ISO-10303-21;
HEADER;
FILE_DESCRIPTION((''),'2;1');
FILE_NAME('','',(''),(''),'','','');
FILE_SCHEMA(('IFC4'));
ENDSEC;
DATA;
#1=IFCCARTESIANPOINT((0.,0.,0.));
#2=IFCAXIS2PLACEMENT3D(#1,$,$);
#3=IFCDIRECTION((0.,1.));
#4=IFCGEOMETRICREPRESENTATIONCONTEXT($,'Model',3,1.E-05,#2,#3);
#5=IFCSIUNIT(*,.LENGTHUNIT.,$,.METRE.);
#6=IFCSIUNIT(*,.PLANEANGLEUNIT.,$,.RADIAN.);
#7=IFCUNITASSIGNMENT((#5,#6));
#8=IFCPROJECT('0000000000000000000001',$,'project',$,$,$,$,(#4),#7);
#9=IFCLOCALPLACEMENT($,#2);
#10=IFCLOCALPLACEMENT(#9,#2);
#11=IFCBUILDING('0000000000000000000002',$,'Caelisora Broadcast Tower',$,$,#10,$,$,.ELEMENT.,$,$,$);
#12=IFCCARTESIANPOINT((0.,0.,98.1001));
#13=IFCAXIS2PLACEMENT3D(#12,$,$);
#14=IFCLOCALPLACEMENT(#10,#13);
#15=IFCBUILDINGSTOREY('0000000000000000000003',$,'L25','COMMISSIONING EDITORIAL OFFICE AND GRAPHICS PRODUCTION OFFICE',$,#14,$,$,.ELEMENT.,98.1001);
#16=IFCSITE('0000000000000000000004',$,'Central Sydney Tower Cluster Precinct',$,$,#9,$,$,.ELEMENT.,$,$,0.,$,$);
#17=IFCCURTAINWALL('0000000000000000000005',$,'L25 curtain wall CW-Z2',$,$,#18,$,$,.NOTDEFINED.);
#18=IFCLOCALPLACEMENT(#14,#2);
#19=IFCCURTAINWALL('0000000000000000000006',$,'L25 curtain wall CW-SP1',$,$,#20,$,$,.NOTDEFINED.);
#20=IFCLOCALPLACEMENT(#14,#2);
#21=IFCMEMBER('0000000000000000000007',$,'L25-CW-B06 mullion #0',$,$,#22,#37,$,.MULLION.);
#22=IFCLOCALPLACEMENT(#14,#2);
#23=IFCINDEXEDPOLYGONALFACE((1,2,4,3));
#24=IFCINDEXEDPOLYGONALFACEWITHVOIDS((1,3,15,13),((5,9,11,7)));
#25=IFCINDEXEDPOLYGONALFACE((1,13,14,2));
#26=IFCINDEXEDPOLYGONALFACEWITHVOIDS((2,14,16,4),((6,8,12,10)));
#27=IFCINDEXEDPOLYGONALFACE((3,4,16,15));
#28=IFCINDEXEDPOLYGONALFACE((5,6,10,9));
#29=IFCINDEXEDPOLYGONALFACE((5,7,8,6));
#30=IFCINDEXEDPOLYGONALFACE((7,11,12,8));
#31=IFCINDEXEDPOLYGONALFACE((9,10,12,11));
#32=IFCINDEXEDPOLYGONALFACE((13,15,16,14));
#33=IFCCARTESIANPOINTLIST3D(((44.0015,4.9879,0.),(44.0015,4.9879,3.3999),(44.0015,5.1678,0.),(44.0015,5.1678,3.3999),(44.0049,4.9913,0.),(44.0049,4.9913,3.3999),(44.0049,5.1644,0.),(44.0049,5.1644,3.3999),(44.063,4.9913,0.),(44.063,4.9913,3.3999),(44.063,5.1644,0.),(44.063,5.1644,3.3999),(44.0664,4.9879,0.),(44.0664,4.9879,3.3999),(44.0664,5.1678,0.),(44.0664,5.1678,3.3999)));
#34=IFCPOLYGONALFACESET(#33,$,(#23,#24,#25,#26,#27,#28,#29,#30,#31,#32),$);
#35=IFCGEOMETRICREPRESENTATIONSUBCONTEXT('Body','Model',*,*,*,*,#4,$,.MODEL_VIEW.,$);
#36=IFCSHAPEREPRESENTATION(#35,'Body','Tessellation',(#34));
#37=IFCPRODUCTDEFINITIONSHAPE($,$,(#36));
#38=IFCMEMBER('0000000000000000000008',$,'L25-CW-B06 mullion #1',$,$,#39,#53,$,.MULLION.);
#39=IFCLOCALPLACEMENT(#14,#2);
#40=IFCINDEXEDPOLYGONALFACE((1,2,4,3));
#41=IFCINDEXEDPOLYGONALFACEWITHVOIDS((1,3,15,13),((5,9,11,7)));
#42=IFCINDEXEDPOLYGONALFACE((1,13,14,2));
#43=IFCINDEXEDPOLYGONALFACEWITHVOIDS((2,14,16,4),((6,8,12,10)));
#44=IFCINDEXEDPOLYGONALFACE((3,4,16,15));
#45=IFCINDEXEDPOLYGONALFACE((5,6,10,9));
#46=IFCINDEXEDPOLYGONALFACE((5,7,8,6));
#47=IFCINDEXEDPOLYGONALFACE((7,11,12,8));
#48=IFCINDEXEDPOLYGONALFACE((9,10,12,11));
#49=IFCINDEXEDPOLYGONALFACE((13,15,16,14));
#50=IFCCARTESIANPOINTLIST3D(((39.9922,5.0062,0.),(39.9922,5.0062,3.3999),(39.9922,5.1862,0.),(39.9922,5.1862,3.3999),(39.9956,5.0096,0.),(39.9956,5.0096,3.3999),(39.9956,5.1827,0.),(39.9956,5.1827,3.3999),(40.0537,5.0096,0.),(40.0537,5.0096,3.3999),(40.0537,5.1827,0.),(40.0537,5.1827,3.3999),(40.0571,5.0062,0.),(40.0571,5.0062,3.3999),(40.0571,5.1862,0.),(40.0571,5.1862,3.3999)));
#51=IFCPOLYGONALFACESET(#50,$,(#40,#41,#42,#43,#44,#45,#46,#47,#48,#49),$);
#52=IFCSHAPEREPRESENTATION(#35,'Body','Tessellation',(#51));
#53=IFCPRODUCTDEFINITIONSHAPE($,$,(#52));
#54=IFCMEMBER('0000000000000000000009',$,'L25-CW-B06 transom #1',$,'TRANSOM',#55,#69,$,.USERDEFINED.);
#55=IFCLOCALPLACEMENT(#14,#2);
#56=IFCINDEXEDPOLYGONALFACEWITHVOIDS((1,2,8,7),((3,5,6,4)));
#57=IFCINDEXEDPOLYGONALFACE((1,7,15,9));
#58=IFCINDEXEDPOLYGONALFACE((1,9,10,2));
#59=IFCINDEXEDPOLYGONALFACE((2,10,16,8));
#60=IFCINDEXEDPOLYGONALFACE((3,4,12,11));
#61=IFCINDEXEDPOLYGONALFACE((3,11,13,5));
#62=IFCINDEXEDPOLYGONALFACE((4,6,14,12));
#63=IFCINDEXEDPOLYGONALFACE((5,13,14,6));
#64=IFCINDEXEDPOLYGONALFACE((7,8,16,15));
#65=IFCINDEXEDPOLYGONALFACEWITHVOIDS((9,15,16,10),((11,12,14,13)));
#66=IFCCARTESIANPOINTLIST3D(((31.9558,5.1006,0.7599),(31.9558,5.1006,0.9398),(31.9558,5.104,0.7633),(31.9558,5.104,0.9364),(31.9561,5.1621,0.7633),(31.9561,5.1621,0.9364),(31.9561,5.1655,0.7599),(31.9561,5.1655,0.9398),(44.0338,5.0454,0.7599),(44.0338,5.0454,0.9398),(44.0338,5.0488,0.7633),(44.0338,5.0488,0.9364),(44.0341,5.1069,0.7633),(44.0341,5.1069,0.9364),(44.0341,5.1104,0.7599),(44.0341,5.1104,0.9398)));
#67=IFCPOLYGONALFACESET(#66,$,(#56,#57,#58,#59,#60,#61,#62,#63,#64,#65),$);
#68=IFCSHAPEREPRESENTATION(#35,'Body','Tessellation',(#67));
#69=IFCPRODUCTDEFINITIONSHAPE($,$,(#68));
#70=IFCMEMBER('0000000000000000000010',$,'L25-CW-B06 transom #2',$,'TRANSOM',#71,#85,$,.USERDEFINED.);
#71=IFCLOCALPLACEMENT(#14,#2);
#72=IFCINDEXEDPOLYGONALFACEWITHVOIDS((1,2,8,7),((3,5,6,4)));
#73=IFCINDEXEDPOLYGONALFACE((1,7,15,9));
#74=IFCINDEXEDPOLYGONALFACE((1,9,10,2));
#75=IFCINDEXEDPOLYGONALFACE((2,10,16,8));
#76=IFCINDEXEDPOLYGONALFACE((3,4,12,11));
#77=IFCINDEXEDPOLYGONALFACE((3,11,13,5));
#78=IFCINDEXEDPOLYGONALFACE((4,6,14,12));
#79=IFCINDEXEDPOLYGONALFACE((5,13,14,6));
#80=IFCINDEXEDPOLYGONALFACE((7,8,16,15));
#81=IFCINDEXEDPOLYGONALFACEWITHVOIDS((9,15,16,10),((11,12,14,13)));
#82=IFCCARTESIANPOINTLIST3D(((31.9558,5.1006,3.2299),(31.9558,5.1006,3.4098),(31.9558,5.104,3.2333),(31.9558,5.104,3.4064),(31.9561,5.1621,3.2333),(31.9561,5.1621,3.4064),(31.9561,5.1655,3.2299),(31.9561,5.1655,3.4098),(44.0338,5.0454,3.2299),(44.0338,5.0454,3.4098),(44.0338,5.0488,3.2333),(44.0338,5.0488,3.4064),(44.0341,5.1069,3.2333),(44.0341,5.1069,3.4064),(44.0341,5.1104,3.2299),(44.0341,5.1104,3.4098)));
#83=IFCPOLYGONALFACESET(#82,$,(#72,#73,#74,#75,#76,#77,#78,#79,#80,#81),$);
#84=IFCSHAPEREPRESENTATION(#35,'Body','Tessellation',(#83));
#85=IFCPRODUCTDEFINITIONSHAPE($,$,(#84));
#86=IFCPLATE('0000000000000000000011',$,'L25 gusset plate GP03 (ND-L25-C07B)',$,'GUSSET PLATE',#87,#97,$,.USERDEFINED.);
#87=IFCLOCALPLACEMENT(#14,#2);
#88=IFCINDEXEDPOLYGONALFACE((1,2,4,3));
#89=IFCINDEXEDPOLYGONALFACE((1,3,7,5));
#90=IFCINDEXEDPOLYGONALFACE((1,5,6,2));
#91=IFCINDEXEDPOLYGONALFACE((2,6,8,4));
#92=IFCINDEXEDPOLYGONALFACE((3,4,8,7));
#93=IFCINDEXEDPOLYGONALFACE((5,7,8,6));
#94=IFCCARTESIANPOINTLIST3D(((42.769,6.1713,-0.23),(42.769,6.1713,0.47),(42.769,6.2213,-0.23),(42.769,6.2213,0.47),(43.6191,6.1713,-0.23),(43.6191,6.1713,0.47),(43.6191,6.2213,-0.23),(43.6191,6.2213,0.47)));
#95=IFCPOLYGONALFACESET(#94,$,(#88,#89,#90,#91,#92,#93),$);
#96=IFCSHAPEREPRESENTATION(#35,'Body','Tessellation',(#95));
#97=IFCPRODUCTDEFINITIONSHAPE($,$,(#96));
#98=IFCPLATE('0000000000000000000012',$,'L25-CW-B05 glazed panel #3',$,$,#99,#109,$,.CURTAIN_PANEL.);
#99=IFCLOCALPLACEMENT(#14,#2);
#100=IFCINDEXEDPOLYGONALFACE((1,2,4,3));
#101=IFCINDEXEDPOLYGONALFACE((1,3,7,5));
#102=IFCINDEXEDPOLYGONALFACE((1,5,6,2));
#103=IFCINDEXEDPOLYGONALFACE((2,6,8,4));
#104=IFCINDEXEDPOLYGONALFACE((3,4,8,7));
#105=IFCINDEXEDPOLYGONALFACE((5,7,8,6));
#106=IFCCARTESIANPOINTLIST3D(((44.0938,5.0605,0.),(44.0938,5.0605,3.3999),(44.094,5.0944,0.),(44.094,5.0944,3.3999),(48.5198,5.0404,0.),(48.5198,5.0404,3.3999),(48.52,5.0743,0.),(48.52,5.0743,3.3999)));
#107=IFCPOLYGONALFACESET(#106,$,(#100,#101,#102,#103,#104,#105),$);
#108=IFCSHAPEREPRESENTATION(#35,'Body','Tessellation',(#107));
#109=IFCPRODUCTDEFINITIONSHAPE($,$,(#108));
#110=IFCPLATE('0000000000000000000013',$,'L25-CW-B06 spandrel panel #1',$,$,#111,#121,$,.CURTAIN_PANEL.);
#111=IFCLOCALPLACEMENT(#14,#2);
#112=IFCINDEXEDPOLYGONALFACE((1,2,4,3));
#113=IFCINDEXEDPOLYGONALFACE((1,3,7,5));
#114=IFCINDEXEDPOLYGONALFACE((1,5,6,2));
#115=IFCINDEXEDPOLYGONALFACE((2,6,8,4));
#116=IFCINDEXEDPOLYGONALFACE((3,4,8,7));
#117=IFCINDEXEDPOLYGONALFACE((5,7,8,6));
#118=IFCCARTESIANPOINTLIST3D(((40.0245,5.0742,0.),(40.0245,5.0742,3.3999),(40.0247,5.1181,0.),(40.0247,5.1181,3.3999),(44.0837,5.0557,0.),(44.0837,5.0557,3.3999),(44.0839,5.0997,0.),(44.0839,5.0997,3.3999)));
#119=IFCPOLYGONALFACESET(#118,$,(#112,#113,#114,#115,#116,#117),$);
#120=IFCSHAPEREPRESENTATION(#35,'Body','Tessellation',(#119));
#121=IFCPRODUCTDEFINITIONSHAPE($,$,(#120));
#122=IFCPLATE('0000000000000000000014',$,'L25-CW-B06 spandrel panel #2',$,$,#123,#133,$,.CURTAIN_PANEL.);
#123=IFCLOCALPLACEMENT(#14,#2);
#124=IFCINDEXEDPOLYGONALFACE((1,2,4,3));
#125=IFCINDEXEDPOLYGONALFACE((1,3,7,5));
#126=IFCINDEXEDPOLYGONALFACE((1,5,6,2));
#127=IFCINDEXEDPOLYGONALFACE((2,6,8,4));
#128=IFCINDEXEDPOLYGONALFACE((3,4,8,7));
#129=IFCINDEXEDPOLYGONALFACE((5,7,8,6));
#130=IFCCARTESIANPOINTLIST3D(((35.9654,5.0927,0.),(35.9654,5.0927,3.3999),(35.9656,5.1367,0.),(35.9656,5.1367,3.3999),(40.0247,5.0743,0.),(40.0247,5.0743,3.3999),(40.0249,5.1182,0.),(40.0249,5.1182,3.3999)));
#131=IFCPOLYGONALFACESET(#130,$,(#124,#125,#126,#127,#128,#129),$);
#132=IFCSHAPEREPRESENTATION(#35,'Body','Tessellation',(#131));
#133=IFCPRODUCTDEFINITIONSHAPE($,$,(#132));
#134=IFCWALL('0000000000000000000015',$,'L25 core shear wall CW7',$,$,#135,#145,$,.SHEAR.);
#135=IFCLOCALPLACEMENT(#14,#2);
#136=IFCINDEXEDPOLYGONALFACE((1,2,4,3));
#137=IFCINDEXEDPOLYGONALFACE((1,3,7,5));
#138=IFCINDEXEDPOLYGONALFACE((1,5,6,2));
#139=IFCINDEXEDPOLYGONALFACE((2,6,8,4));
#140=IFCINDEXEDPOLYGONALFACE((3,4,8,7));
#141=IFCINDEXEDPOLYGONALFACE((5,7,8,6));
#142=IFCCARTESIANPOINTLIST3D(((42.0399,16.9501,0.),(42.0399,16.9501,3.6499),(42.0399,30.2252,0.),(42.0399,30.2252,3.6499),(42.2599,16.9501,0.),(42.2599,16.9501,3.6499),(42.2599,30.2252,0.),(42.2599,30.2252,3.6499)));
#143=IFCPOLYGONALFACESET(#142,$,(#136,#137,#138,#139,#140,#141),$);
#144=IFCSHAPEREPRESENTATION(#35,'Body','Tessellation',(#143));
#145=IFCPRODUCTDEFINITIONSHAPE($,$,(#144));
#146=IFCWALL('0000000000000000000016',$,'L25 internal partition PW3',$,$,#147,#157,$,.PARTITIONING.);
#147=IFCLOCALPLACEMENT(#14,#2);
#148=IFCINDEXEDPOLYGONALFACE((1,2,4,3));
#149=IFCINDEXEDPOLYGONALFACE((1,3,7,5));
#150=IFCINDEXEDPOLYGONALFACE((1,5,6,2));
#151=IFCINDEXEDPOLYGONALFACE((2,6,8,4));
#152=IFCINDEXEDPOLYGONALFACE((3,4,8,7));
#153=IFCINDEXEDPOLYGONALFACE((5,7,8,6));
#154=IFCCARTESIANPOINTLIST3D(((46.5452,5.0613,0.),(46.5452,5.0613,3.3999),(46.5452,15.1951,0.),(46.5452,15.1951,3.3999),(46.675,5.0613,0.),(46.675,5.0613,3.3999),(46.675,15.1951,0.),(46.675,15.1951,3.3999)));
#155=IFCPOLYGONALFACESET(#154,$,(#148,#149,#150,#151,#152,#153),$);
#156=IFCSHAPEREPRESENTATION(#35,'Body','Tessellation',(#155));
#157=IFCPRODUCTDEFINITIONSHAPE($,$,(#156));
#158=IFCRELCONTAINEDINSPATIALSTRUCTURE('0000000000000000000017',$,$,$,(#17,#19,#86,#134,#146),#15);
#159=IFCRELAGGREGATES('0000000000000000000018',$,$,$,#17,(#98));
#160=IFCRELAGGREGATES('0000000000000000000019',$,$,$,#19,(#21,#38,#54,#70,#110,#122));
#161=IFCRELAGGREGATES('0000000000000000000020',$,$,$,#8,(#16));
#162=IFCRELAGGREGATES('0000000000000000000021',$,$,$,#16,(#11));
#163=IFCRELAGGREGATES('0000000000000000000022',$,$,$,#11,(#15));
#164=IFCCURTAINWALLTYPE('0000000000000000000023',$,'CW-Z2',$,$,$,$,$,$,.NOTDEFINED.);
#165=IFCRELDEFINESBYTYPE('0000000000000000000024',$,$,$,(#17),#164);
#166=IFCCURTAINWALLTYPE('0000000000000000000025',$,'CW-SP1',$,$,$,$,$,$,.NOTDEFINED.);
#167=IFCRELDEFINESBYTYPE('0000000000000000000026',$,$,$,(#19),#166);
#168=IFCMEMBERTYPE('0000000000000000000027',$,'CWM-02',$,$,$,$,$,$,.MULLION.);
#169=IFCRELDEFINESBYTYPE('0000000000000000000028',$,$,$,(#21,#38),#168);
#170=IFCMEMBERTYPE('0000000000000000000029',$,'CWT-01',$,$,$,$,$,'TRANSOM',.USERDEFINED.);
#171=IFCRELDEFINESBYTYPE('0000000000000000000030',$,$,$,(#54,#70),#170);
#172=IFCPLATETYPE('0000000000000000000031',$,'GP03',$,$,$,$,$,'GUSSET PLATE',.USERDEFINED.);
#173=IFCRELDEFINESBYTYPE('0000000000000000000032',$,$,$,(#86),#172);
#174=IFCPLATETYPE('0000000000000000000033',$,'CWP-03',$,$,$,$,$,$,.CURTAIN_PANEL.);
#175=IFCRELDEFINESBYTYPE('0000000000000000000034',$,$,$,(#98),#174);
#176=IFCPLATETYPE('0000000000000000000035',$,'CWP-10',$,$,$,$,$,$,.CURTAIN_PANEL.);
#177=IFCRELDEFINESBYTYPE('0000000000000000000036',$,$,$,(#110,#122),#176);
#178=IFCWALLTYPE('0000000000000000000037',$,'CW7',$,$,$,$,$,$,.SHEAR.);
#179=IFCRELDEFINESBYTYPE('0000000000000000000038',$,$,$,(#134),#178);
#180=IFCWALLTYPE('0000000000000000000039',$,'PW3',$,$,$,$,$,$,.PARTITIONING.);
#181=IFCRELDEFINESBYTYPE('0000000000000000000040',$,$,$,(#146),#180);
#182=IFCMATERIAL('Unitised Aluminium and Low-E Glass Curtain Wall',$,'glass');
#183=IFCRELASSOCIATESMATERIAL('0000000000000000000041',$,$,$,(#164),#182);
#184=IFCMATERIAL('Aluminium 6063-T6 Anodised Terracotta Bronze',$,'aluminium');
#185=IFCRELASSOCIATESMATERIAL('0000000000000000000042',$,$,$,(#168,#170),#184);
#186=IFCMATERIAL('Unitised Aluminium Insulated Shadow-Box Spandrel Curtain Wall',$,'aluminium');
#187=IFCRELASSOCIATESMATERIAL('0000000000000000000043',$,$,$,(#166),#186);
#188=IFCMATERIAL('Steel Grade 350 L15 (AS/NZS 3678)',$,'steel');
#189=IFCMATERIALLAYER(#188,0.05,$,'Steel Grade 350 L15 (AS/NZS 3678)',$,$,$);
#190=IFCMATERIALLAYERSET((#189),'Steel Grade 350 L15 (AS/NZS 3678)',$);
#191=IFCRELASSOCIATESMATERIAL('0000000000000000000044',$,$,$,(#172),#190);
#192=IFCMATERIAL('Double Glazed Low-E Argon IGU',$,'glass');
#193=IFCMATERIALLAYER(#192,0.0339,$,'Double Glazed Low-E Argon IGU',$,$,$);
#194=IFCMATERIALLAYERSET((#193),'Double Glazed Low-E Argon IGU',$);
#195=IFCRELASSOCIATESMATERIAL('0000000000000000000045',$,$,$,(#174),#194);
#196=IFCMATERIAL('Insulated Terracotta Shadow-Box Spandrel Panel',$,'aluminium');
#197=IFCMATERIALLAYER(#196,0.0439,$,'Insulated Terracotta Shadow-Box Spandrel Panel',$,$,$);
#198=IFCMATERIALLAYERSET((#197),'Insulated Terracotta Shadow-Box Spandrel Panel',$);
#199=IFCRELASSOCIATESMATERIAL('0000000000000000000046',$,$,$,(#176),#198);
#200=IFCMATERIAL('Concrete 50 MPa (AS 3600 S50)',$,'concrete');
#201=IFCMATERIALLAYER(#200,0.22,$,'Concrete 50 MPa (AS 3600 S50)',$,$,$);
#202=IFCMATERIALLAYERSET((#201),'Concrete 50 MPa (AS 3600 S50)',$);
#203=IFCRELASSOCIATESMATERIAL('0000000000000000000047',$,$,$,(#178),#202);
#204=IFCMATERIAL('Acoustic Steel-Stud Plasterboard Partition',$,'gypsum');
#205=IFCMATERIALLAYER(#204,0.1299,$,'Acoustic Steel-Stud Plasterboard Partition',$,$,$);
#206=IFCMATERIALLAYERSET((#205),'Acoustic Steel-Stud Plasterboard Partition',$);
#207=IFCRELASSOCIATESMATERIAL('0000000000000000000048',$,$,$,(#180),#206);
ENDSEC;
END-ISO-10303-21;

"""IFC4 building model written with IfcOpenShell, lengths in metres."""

from ifc_helpers import new_model, si_unit, direction, frame, frame_2d, origin, origin_2d, place, context, subcontext, project, spatial, rectangle, hollow_rectangle, extrude, source, transform, mapped, material, layer, layer_set, material_profile, profile_set, type_object, type_shapes, element, aggregate, save


model = new_model("IFC4")

# Units and contexts
model_context = context("Model", 3, precision=1e-05, world=origin(), true_north=direction((0.0, 1.0)))
body_context = subcontext(model_context, "Body", "Model", "MODEL_VIEW")
ifc_project = project(units=[si_unit("LENGTHUNIT", "METRE"), si_unit("PLANEANGLEUNIT", "RADIAN")], contexts=[model_context])

# Site, building, storey
site_placement = place(None, origin())
site = spatial("IfcSite", under=ifc_project, at=site_placement, Name="Central Sydney Tower Cluster Precinct", CompositionType="ELEMENT", RefElevation=0.0)
building_placement = place(site_placement, origin())
building = spatial("IfcBuilding", under=site, at=building_placement, Name="Caelisora Broadcast Tower", CompositionType="ELEMENT")
storey_placement = place(building_placement, frame((0.0, 0.0, 98.1001)))
storey = spatial("IfcBuildingStorey", under=building, at=storey_placement, Name="L25", Description="COMMISSIONING EDITORIAL OFFICE AND GRAPHICS PRODUCTION OFFICE", CompositionType="ELEMENT", Elevation=98.1001)

# Shared definitions
ifc_material_1 = material(Name="Steel Grade 350 L15 (AS/NZS 3678)", Category="steel")

# Curtain wall
ifc_material_2 = material(Name="Unitised Aluminium and Low-E Glass Curtain Wall", Category="glass")
curtain_wall_type_1 = type_object("IfcCurtainWallType", Name="CW-Z2", PredefinedType="NOTDEFINED", material=ifc_material_2)
curtain_wall_1_placement = place(storey_placement, origin())
curtain_wall_1 = element("IfcCurtainWall", 1, at=curtain_wall_1_placement, inside=storey, type_object=curtain_wall_type_1, Name="L25 curtain wall CW-Z2", PredefinedType="NOTDEFINED")
ifc_material_3 = material(Name="Aluminium 6063-T6 Anodised Terracotta Bronze", Category="aluminium")
ifc_material_profile_1 = material_profile(ifc_material_3, hollow_rectangle(XDim=0.0649, YDim=0.1799, WallThickness=0.0034, at=origin_2d()), Name="Aluminium 6063-T6 Anodised Terracotta Bronze")
ifc_profile_set_1 = profile_set([ifc_material_profile_1], Name="Aluminium 6063-T6 Anodised Terracotta Bronze")
member_type_1 = type_object("IfcMemberType", Name="CWM-02", PredefinedType="MULLION", material=ifc_profile_set_1)
shared_shape_1 = source(origin(), body_context, "Body", "SweptSolid", [
    extrude(hollow_rectangle(XDim=0.0649, YDim=0.1799, WallThickness=0.0034, at=origin_2d()), origin(), (0.0, 0.0, 1.0), 3.3999),
])
type_shapes(member_type_1, [shared_shape_1])

# Curtain wall, members
ifc_material_4 = material(Name="Unitised Aluminium Insulated Shadow-Box Spandrel Curtain Wall", Category="aluminium")
curtain_wall_type_2 = type_object("IfcCurtainWallType", Name="CW-SP1", PredefinedType="NOTDEFINED", material=ifc_material_4)
curtain_wall_2_placement = place(storey_placement, origin())
curtain_wall_2 = element("IfcCurtainWall", 2, at=curtain_wall_2_placement, inside=storey, type_object=curtain_wall_type_2, Name="L25 curtain wall CW-SP1", PredefinedType="NOTDEFINED")
member_1_placement = place(storey_placement, frame((44.0339, 5.0779, 0.0), z_axis=(0.0, 0.0, 1.0), x_axis=(1.0, 0.0, 0.0)))
member_1 = element("IfcMember", 3, at=member_1_placement, type_object=member_type_1, Name="L25-CW-B06 mullion #0", PredefinedType="MULLION", context=body_context, shape_type="MappedRepresentation", body=[
    mapped(shared_shape_1, transform((0.0, 0.0, 0.0), scale=1.0)),
])
member_2_placement = place(storey_placement, frame((40.0247, 5.0962, 0.0), z_axis=(0.0, 0.0, 1.0), x_axis=(1.0, 0.0, 0.0)))
member_2 = element("IfcMember", 4, at=member_2_placement, type_object=member_type_1, Name="L25-CW-B06 mullion #1", PredefinedType="MULLION", context=body_context, shape_type="MappedRepresentation", body=[
    mapped(shared_shape_1, transform((0.0, 0.0, 0.0), scale=1.0)),
])
ifc_material_profile_2 = material_profile(ifc_material_3, hollow_rectangle(XDim=0.0649, YDim=0.1799, WallThickness=0.0034, at=origin_2d()), Name="Aluminium 6063-T6 Anodised Terracotta Bronze")
ifc_profile_set_2 = profile_set([ifc_material_profile_2], Name="Aluminium 6063-T6 Anodised Terracotta Bronze")
member_type_2 = type_object("IfcMemberType", Name="CWT-01", ElementType="TRANSOM", PredefinedType="USERDEFINED", material=ifc_profile_set_2)
shared_shape_2 = source(origin(), body_context, "Body", "SweptSolid", [
    extrude(hollow_rectangle(XDim=0.0649, YDim=0.1799, WallThickness=0.0034, at=origin_2d()), origin(), (0.0, 0.0, 1.0), 12.0781),
])
type_shapes(member_type_2, [shared_shape_2])
member_3_placement = place(storey_placement, frame((44.0339, 5.0779, 0.8499), z_axis=(-0.99999, 0.004568, 0.0), x_axis=(-0.004568, -0.99999, 0.0)))
member_3 = element("IfcMember", 5, at=member_3_placement, type_object=member_type_2, Name="L25-CW-B06 transom #1", ObjectType="TRANSOM", PredefinedType="USERDEFINED", context=body_context, shape_type="MappedRepresentation", body=[
    mapped(shared_shape_2, transform((0.0, 0.0, 0.0), scale=1.0)),
])
member_4_placement = place(storey_placement, frame((44.0339, 5.0779, 3.3198), z_axis=(-0.99999, 0.004568, 0.0), x_axis=(-0.004568, -0.99999, 0.0)))
member_4 = element("IfcMember", 6, at=member_4_placement, type_object=member_type_2, Name="L25-CW-B06 transom #2", ObjectType="TRANSOM", PredefinedType="USERDEFINED", context=body_context, shape_type="MappedRepresentation", body=[
    mapped(shared_shape_2, transform((0.0, 0.0, 0.0), scale=1.0)),
])

# Plates
ifc_layer_1 = layer(ifc_material_1, 0.05, Name="Steel Grade 350 L15 (AS/NZS 3678)")
ifc_layer_set_1 = layer_set([ifc_layer_1], Name="Steel Grade 350 L15 (AS/NZS 3678)")
plate_type_1 = type_object("IfcPlateType", Name="GP03", ElementType="GUSSET PLATE", PredefinedType="USERDEFINED", material=ifc_layer_set_1)
shared_shape_3 = source(origin(), body_context, "Body", "SweptSolid", [
    extrude(rectangle(XDim=0.8501, YDim=0.05, at=origin_2d()), origin(), (0.0, 0.0, 1.0), 0.7),
])
type_shapes(plate_type_1, [shared_shape_3])
plate_1_placement = place(storey_placement, frame((43.1941, 6.1963, -0.23), z_axis=(0.0, 0.0, 1.0), x_axis=(1.0, 0.0, 0.0)))
element("IfcPlate", 7, at=plate_1_placement, inside=storey, type_object=plate_type_1, Name="L25 gusset plate GP03 (ND-L25-C07B)", ObjectType="GUSSET PLATE", PredefinedType="USERDEFINED", context=body_context, shape_type="MappedRepresentation", body=[
    mapped(shared_shape_3, transform((0.0, 0.0, 0.0), scale=1.0)),
])
ifc_material_5 = material(Name="Double Glazed Low-E Argon IGU", Category="glass")
ifc_layer_2 = layer(ifc_material_5, 0.0339, Name="Double Glazed Low-E Argon IGU")
ifc_layer_set_2 = layer_set([ifc_layer_2], Name="Double Glazed Low-E Argon IGU")
plate_type_2 = type_object("IfcPlateType", Name="CWP-03", PredefinedType="CURTAIN_PANEL", material=ifc_layer_set_2)
shared_shape_4 = source(origin(), body_context, "Body", "SweptSolid", [
    extrude(rectangle(XDim=4.426, YDim=0.0339, at=origin_2d()), origin(), (0.0, 0.0, 1.0), 3.3999),
])
type_shapes(plate_type_2, [shared_shape_4])
plate_2_placement = place(storey_placement, frame((46.3069, 5.0674, 0.0), z_axis=(0.0, 0.0, 1.0), x_axis=(-0.99999, 0.004538, 0.0)))
plate_2 = element("IfcPlate", 8, at=plate_2_placement, type_object=plate_type_2, Name="L25-CW-B05 glazed panel #3", PredefinedType="CURTAIN_PANEL", context=body_context, shape_type="MappedRepresentation", body=[
    mapped(shared_shape_4, transform((0.0, 0.0, 0.0), scale=1.0)),
])
aggregate(curtain_wall_1, [plate_2])
ifc_material_6 = material(Name="Insulated Terracotta Shadow-Box Spandrel Panel", Category="aluminium")
ifc_layer_3 = layer(ifc_material_6, 0.0439, Name="Insulated Terracotta Shadow-Box Spandrel Panel")
ifc_layer_set_3 = layer_set([ifc_layer_3], Name="Insulated Terracotta Shadow-Box Spandrel Panel")
plate_type_3 = type_object("IfcPlateType", Name="CWP-10", PredefinedType="CURTAIN_PANEL", material=ifc_layer_set_3)
shared_shape_5 = source(origin(), body_context, "Body", "SweptSolid", [
    extrude(rectangle(XDim=4.0593, YDim=0.0439, at=origin_2d()), origin(), (0.0, 0.0, 1.0), 3.3999),
])
type_shapes(plate_type_3, [shared_shape_5])
plate_3_placement = place(storey_placement, frame((42.0542, 5.0869, 0.0), z_axis=(0.0, 0.0, 1.0), x_axis=(-0.99999, 0.004538, 0.0)))
plate_3 = element("IfcPlate", 9, at=plate_3_placement, type_object=plate_type_3, Name="L25-CW-B06 spandrel panel #1", PredefinedType="CURTAIN_PANEL", context=body_context, shape_type="MappedRepresentation", body=[
    mapped(shared_shape_5, transform((0.0, 0.0, 0.0), scale=1.0)),
])
plate_4_placement = place(storey_placement, frame((37.9951, 5.1055, 0.0), z_axis=(0.0, 0.0, 1.0), x_axis=(-0.99999, 0.004538, 0.0)))
plate_4 = element("IfcPlate", 10, at=plate_4_placement, type_object=plate_type_3, Name="L25-CW-B06 spandrel panel #2", PredefinedType="CURTAIN_PANEL", context=body_context, shape_type="MappedRepresentation", body=[
    mapped(shared_shape_5, transform((0.0, 0.0, 0.0), scale=1.0)),
])
aggregate(curtain_wall_2, [member_1, member_2, member_3, member_4, plate_3, plate_4])

# Wall
ifc_material_7 = material(Name="Concrete 50 MPa (AS 3600 S50)", Category="concrete")
ifc_layer_4 = layer(ifc_material_7, 0.22, Name="Concrete 50 MPa (AS 3600 S50)")
ifc_layer_set_4 = layer_set([ifc_layer_4], Name="Concrete 50 MPa (AS 3600 S50)")
wall_type_1 = type_object("IfcWallType", Name="CW7", PredefinedType="SHEAR", material=ifc_layer_set_4)
wall_1_placement = place(storey_placement, frame((42.1499, 16.95, 0.0), z_axis=(0.0, 0.0, 1.0), x_axis=(0.0, 1.0, 0.0)))
element("IfcWall", 11, at=wall_1_placement, inside=storey, type_object=wall_type_1, Name="L25 core shear wall CW7", PredefinedType="SHEAR", context=body_context, shape_type="SweptSolid", body=[
    extrude(rectangle(XDim=13.2751, YDim=0.22, at=frame_2d((6.6377, 0.0))), origin(), (0.0, 0.0, 1.0), 3.6499),
])

# Wall
ifc_material_8 = material(Name="Acoustic Steel-Stud Plasterboard Partition", Category="gypsum")
ifc_layer_5 = layer(ifc_material_8, 0.1299, Name="Acoustic Steel-Stud Plasterboard Partition")
ifc_layer_set_5 = layer_set([ifc_layer_5], Name="Acoustic Steel-Stud Plasterboard Partition")
wall_type_2 = type_object("IfcWallType", Name="PW3", PredefinedType="PARTITIONING", material=ifc_layer_set_5)
wall_2_placement = place(storey_placement, frame((46.6101, 5.0613, 0.0), z_axis=(0.0, 0.0, 1.0), x_axis=(0.0, 1.0, 0.0)))
element("IfcWall", 12, at=wall_2_placement, inside=storey, type_object=wall_type_2, Name="L25 internal partition PW3", PredefinedType="PARTITIONING", context=body_context, shape_type="SweptSolid", body=[
    extrude(rectangle(XDim=10.1338, YDim=0.1299, at=frame_2d((5.0669, 0.0))), origin(), (0.0, 0.0, 1.0), 3.3999),
])

save(model, "model.ifc")
